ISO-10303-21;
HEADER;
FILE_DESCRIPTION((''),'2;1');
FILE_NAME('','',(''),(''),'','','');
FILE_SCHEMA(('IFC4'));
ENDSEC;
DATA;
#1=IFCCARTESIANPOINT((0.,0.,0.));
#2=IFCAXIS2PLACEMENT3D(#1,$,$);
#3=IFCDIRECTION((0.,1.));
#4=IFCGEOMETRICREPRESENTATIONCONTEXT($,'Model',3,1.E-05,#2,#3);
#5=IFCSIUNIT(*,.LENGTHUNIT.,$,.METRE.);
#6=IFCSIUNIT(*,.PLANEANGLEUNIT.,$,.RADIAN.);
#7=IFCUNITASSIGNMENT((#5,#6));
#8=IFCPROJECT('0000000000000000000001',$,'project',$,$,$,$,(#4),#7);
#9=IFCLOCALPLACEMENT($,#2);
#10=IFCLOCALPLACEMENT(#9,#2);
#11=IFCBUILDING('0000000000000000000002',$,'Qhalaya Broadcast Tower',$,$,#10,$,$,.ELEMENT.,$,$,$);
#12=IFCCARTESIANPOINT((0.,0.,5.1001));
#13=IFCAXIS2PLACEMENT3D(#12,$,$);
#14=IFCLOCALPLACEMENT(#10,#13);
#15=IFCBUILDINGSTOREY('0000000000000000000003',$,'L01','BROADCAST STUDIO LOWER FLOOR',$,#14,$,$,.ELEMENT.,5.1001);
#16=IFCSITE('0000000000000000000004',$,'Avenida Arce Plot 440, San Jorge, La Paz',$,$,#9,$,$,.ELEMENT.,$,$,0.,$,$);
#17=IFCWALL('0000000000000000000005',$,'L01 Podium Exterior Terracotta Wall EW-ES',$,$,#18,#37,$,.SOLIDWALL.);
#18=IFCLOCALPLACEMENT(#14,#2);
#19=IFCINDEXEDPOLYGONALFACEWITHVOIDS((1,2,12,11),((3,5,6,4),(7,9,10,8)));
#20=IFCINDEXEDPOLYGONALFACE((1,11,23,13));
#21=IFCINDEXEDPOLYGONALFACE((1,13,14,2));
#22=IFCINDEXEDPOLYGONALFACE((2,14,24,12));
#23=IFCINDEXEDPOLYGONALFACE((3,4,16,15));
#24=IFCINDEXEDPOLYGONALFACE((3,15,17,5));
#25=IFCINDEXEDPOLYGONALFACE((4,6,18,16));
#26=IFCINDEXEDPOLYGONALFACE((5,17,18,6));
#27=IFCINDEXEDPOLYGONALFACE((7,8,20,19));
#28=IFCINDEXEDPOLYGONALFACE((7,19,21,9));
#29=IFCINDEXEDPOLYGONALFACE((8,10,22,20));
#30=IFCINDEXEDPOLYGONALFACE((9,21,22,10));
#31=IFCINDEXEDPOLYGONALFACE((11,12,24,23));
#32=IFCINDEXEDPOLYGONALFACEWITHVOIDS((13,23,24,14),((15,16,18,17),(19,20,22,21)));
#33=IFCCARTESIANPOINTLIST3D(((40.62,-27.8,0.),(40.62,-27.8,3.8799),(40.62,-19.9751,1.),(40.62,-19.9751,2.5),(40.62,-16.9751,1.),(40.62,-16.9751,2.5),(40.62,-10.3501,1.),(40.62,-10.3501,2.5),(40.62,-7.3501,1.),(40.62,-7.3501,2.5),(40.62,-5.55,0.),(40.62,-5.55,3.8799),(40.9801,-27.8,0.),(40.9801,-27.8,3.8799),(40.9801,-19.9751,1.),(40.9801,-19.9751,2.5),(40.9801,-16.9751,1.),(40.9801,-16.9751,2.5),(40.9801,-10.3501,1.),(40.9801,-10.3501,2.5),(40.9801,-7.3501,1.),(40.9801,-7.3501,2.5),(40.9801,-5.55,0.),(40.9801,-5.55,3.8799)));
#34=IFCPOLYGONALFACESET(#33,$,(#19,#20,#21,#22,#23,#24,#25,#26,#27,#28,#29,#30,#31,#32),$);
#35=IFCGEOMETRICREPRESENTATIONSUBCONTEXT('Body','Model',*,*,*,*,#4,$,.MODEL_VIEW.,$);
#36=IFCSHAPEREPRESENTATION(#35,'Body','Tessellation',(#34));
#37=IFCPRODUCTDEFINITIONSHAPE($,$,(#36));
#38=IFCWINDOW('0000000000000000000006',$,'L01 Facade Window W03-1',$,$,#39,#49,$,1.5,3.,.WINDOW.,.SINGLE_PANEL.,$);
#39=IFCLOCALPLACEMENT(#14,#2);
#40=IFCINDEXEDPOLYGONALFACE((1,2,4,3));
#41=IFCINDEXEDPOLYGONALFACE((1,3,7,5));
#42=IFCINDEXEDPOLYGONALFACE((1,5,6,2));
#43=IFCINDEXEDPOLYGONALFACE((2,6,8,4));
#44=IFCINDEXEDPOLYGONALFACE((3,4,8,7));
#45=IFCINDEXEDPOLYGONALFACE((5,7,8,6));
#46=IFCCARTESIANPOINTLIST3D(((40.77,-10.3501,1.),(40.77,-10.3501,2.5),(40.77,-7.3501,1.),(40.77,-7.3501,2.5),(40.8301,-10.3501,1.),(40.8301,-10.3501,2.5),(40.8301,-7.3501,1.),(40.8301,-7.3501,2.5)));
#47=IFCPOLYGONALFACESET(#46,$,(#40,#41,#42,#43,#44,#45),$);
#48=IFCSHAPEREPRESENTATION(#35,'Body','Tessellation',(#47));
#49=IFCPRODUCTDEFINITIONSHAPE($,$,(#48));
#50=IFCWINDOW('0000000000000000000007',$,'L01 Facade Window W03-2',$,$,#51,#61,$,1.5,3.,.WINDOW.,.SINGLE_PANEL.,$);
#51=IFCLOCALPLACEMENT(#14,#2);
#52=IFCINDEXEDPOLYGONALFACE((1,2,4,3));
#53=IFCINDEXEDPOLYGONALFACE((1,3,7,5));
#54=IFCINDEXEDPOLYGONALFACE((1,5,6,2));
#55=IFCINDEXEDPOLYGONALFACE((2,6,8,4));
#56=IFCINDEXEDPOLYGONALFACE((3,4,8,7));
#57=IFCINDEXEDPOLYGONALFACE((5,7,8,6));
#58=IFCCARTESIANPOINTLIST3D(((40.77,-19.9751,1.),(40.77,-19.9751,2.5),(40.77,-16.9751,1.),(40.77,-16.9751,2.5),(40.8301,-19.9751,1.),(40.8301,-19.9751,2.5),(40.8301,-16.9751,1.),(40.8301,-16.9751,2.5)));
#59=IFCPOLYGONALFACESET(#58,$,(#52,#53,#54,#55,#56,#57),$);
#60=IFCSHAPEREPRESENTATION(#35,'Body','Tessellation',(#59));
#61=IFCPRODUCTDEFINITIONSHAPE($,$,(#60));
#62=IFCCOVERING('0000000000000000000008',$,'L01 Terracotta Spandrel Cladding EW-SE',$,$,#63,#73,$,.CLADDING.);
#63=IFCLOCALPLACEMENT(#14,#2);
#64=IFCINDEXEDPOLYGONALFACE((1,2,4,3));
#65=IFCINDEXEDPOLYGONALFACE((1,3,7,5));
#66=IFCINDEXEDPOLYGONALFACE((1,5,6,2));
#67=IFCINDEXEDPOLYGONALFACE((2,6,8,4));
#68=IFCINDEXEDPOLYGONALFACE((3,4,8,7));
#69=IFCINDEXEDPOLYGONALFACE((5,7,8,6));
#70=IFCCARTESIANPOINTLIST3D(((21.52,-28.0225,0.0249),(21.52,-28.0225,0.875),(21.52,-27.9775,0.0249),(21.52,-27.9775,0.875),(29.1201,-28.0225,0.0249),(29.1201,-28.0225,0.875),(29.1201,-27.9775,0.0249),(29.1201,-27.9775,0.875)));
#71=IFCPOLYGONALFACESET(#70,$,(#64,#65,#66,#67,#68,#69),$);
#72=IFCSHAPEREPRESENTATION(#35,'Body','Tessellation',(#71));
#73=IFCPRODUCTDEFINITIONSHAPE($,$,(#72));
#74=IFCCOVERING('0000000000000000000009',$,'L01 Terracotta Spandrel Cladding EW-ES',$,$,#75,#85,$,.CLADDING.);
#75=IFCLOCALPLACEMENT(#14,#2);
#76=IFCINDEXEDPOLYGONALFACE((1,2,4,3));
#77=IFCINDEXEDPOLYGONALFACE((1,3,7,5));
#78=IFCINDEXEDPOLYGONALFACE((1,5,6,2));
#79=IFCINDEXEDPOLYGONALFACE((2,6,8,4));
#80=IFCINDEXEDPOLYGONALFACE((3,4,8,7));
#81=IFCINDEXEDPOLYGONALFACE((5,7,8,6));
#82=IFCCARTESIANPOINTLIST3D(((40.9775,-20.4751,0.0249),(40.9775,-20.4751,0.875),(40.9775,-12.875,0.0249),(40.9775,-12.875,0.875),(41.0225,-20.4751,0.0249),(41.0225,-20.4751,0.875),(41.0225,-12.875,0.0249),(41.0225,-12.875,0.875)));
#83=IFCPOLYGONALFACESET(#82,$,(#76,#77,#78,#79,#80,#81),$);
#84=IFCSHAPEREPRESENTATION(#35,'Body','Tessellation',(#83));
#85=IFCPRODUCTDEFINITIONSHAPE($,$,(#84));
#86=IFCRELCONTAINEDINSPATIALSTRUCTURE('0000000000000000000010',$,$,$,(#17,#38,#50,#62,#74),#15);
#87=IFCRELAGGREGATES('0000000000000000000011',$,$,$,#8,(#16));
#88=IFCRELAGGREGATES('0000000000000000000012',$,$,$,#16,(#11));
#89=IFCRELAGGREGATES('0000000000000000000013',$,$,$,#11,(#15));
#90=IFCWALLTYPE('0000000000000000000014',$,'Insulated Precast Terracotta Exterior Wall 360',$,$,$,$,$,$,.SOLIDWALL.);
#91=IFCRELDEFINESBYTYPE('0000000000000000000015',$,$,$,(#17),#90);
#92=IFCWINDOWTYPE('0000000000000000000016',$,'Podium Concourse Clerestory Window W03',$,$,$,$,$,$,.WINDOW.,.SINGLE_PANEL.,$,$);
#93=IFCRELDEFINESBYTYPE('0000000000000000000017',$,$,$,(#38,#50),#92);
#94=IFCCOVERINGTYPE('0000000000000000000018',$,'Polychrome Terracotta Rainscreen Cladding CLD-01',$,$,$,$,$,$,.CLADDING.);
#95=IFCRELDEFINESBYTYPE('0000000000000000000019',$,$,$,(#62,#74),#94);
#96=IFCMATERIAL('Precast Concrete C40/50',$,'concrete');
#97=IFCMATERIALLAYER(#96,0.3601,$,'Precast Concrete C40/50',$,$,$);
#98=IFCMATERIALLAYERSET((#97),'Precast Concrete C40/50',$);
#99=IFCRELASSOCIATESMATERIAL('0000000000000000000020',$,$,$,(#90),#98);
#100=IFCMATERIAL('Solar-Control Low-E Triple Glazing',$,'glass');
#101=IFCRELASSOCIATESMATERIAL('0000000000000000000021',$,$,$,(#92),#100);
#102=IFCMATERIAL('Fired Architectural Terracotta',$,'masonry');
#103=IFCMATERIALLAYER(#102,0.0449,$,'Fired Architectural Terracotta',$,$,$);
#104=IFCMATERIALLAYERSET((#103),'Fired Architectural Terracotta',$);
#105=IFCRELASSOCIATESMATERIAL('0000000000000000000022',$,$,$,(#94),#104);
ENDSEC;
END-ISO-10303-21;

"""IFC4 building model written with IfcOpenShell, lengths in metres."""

from ifc_helpers import new_model, si_unit, direction, frame, frame_2d, origin, origin_2d, place, context, subcontext, project, spatial, rectangle, extrude, material, layer, layer_set, type_object, element, fill, save


model = new_model("IFC4")

# Units and contexts
model_context = context("Model", 3, precision=1e-05, world=origin(), true_north=direction((0.0, 1.0)))
body_context = subcontext(model_context, "Body", "Model", "MODEL_VIEW")
ifc_project = project(units=[si_unit("LENGTHUNIT", "METRE"), si_unit("PLANEANGLEUNIT", "RADIAN")], contexts=[model_context])

# Site, building, storey
site_placement = place(None, origin())
site = spatial("IfcSite", under=ifc_project, at=site_placement, Name="Avenida Arce Plot 440, San Jorge, La Paz", CompositionType="ELEMENT", RefElevation=0.0)
building_placement = place(site_placement, origin())
building = spatial("IfcBuilding", under=site, at=building_placement, Name="Qhalaya Broadcast Tower", CompositionType="ELEMENT")
storey_placement = place(building_placement, frame((0.0, 0.0, 5.1001)))
storey = spatial("IfcBuildingStorey", under=building, at=storey_placement, Name="L01", Description="BROADCAST STUDIO LOWER FLOOR", CompositionType="ELEMENT", Elevation=5.1001)

# Wall, openings, windows
ifc_material_1 = material(Name="Precast Concrete C40/50", Category="concrete")
ifc_layer_1 = layer(ifc_material_1, 0.3601, Name="Precast Concrete C40/50")
ifc_layer_set_1 = layer_set([ifc_layer_1], Name="Precast Concrete C40/50")
wall_type_1 = type_object("IfcWallType", Name="Insulated Precast Terracotta Exterior Wall 360", PredefinedType="SOLIDWALL", material=ifc_layer_set_1)
ifc_material_2 = material(Name="Solar-Control Low-E Triple Glazing", Category="glass")
wall_1_placement = place(storey_placement, frame((40.8, -5.55, 0.0), z_axis=(0.0, 0.0, 1.0), x_axis=(0.0, -1.0, 0.0)))
wall_1 = element("IfcWall", 1, at=wall_1_placement, inside=storey, type_object=wall_type_1, Name="L01 Podium Exterior Terracotta Wall EW-ES", PredefinedType="SOLIDWALL", context=body_context, shape_type="SweptSolid", body=[
    extrude(rectangle(XDim=22.25, YDim=0.3601, at=frame_2d((11.125, 0.0))), origin(), (0.0, 0.0, 1.0), 3.8799),
])
opening_1_placement = place(wall_1_placement, frame((1.8, 0.0, 1.0)))
opening_1 = element("IfcOpeningElement", 2, at=opening_1_placement, cuts=wall_1, PredefinedType="OPENING", context=body_context, shape_type="SweptSolid", body=[
    extrude(rectangle(XDim=3.0, YDim=1.5, at=frame_2d((1.5, 0.75))), frame((0.0, 0.1921, 0.0), z_axis=(0.0, -1.0, 0.0), x_axis=(1.0, 0.0, 0.0)), (0.0, 0.0, 1.0), 0.384),
])
opening_2_placement = place(wall_1_placement, frame((11.425, 0.0, 1.0)))
opening_2 = element("IfcOpeningElement", 3, at=opening_2_placement, cuts=wall_1, PredefinedType="OPENING", context=body_context, shape_type="SweptSolid", body=[
    extrude(rectangle(XDim=3.0, YDim=1.5, at=frame_2d((1.5, 0.75))), frame((0.0, 0.1921, 0.0), z_axis=(0.0, -1.0, 0.0), x_axis=(1.0, 0.0, 0.0)), (0.0, 0.0, 1.0), 0.384),
])
window_type_1 = type_object("IfcWindowType", Name="Podium Concourse Clerestory Window W03", PartitioningType="SINGLE_PANEL", PredefinedType="WINDOW", material=ifc_material_2)
window_1_placement = place(opening_1_placement, origin())
window_1 = element("IfcWindow", 4, at=window_1_placement, inside=storey, type_object=window_type_1, Name="L01 Facade Window W03-1", OverallHeight=1.5, OverallWidth=3.0, PartitioningType="SINGLE_PANEL", PredefinedType="WINDOW", context=body_context, shape_type="SweptSolid", body=[
    extrude(rectangle(XDim=3.0, YDim=1.5, at=frame_2d((1.5, 0.75))), frame((0.0, 0.03, 0.0), z_axis=(0.0, -1.0, 0.0), x_axis=(1.0, 0.0, 0.0)), (0.0, 0.0, 1.0), 0.0601),
])
fill(opening_1, window_1)
window_2_placement = place(opening_2_placement, origin())
window_2 = element("IfcWindow", 5, at=window_2_placement, inside=storey, type_object=window_type_1, Name="L01 Facade Window W03-2", OverallHeight=1.5, OverallWidth=3.0, PartitioningType="SINGLE_PANEL", PredefinedType="WINDOW", context=body_context, shape_type="SweptSolid", body=[
    extrude(rectangle(XDim=3.0, YDim=1.5, at=frame_2d((1.5, 0.75))), frame((0.0, 0.03, 0.0), z_axis=(0.0, -1.0, 0.0), x_axis=(1.0, 0.0, 0.0)), (0.0, 0.0, 1.0), 0.0601),
])
fill(opening_2, window_2)

# Coverings
ifc_material_3 = material(Name="Fired Architectural Terracotta", Category="masonry")
ifc_layer_2 = layer(ifc_material_3, 0.0449, Name="Fired Architectural Terracotta")
ifc_layer_set_2 = layer_set([ifc_layer_2], Name="Fired Architectural Terracotta")
covering_type = type_object("IfcCoveringType", Name="Polychrome Terracotta Rainscreen Cladding CLD-01", PredefinedType="CLADDING", material=ifc_layer_set_2)
for number, where, z_axis, x_axis, name in (
    (6, (25.3201, -28.0, 0.0249), (0.0, 0.0, 1.0), (-1.0, 0.0, 0.0), "L01 Terracotta Spandrel Cladding EW-SE"),
    (7, (41.0, -16.675, 0.0249), (0.0, 0.0, 1.0), (0.0, -1.0, 0.0), "L01 Terracotta Spandrel Cladding EW-ES"),
):
    element("IfcCovering", number, at=place(storey_placement, frame(where, z_axis=z_axis, x_axis=x_axis)), inside=storey, type_object=covering_type, Name=name, PredefinedType="CLADDING", context=body_context, shape_type="SweptSolid", body=[
        extrude(rectangle(XDim=7.6001, YDim=0.0449, at=origin_2d()), origin(), (0.0, 0.0, 1.0), 0.8501),
    ])

save(model, "model.ifc")
